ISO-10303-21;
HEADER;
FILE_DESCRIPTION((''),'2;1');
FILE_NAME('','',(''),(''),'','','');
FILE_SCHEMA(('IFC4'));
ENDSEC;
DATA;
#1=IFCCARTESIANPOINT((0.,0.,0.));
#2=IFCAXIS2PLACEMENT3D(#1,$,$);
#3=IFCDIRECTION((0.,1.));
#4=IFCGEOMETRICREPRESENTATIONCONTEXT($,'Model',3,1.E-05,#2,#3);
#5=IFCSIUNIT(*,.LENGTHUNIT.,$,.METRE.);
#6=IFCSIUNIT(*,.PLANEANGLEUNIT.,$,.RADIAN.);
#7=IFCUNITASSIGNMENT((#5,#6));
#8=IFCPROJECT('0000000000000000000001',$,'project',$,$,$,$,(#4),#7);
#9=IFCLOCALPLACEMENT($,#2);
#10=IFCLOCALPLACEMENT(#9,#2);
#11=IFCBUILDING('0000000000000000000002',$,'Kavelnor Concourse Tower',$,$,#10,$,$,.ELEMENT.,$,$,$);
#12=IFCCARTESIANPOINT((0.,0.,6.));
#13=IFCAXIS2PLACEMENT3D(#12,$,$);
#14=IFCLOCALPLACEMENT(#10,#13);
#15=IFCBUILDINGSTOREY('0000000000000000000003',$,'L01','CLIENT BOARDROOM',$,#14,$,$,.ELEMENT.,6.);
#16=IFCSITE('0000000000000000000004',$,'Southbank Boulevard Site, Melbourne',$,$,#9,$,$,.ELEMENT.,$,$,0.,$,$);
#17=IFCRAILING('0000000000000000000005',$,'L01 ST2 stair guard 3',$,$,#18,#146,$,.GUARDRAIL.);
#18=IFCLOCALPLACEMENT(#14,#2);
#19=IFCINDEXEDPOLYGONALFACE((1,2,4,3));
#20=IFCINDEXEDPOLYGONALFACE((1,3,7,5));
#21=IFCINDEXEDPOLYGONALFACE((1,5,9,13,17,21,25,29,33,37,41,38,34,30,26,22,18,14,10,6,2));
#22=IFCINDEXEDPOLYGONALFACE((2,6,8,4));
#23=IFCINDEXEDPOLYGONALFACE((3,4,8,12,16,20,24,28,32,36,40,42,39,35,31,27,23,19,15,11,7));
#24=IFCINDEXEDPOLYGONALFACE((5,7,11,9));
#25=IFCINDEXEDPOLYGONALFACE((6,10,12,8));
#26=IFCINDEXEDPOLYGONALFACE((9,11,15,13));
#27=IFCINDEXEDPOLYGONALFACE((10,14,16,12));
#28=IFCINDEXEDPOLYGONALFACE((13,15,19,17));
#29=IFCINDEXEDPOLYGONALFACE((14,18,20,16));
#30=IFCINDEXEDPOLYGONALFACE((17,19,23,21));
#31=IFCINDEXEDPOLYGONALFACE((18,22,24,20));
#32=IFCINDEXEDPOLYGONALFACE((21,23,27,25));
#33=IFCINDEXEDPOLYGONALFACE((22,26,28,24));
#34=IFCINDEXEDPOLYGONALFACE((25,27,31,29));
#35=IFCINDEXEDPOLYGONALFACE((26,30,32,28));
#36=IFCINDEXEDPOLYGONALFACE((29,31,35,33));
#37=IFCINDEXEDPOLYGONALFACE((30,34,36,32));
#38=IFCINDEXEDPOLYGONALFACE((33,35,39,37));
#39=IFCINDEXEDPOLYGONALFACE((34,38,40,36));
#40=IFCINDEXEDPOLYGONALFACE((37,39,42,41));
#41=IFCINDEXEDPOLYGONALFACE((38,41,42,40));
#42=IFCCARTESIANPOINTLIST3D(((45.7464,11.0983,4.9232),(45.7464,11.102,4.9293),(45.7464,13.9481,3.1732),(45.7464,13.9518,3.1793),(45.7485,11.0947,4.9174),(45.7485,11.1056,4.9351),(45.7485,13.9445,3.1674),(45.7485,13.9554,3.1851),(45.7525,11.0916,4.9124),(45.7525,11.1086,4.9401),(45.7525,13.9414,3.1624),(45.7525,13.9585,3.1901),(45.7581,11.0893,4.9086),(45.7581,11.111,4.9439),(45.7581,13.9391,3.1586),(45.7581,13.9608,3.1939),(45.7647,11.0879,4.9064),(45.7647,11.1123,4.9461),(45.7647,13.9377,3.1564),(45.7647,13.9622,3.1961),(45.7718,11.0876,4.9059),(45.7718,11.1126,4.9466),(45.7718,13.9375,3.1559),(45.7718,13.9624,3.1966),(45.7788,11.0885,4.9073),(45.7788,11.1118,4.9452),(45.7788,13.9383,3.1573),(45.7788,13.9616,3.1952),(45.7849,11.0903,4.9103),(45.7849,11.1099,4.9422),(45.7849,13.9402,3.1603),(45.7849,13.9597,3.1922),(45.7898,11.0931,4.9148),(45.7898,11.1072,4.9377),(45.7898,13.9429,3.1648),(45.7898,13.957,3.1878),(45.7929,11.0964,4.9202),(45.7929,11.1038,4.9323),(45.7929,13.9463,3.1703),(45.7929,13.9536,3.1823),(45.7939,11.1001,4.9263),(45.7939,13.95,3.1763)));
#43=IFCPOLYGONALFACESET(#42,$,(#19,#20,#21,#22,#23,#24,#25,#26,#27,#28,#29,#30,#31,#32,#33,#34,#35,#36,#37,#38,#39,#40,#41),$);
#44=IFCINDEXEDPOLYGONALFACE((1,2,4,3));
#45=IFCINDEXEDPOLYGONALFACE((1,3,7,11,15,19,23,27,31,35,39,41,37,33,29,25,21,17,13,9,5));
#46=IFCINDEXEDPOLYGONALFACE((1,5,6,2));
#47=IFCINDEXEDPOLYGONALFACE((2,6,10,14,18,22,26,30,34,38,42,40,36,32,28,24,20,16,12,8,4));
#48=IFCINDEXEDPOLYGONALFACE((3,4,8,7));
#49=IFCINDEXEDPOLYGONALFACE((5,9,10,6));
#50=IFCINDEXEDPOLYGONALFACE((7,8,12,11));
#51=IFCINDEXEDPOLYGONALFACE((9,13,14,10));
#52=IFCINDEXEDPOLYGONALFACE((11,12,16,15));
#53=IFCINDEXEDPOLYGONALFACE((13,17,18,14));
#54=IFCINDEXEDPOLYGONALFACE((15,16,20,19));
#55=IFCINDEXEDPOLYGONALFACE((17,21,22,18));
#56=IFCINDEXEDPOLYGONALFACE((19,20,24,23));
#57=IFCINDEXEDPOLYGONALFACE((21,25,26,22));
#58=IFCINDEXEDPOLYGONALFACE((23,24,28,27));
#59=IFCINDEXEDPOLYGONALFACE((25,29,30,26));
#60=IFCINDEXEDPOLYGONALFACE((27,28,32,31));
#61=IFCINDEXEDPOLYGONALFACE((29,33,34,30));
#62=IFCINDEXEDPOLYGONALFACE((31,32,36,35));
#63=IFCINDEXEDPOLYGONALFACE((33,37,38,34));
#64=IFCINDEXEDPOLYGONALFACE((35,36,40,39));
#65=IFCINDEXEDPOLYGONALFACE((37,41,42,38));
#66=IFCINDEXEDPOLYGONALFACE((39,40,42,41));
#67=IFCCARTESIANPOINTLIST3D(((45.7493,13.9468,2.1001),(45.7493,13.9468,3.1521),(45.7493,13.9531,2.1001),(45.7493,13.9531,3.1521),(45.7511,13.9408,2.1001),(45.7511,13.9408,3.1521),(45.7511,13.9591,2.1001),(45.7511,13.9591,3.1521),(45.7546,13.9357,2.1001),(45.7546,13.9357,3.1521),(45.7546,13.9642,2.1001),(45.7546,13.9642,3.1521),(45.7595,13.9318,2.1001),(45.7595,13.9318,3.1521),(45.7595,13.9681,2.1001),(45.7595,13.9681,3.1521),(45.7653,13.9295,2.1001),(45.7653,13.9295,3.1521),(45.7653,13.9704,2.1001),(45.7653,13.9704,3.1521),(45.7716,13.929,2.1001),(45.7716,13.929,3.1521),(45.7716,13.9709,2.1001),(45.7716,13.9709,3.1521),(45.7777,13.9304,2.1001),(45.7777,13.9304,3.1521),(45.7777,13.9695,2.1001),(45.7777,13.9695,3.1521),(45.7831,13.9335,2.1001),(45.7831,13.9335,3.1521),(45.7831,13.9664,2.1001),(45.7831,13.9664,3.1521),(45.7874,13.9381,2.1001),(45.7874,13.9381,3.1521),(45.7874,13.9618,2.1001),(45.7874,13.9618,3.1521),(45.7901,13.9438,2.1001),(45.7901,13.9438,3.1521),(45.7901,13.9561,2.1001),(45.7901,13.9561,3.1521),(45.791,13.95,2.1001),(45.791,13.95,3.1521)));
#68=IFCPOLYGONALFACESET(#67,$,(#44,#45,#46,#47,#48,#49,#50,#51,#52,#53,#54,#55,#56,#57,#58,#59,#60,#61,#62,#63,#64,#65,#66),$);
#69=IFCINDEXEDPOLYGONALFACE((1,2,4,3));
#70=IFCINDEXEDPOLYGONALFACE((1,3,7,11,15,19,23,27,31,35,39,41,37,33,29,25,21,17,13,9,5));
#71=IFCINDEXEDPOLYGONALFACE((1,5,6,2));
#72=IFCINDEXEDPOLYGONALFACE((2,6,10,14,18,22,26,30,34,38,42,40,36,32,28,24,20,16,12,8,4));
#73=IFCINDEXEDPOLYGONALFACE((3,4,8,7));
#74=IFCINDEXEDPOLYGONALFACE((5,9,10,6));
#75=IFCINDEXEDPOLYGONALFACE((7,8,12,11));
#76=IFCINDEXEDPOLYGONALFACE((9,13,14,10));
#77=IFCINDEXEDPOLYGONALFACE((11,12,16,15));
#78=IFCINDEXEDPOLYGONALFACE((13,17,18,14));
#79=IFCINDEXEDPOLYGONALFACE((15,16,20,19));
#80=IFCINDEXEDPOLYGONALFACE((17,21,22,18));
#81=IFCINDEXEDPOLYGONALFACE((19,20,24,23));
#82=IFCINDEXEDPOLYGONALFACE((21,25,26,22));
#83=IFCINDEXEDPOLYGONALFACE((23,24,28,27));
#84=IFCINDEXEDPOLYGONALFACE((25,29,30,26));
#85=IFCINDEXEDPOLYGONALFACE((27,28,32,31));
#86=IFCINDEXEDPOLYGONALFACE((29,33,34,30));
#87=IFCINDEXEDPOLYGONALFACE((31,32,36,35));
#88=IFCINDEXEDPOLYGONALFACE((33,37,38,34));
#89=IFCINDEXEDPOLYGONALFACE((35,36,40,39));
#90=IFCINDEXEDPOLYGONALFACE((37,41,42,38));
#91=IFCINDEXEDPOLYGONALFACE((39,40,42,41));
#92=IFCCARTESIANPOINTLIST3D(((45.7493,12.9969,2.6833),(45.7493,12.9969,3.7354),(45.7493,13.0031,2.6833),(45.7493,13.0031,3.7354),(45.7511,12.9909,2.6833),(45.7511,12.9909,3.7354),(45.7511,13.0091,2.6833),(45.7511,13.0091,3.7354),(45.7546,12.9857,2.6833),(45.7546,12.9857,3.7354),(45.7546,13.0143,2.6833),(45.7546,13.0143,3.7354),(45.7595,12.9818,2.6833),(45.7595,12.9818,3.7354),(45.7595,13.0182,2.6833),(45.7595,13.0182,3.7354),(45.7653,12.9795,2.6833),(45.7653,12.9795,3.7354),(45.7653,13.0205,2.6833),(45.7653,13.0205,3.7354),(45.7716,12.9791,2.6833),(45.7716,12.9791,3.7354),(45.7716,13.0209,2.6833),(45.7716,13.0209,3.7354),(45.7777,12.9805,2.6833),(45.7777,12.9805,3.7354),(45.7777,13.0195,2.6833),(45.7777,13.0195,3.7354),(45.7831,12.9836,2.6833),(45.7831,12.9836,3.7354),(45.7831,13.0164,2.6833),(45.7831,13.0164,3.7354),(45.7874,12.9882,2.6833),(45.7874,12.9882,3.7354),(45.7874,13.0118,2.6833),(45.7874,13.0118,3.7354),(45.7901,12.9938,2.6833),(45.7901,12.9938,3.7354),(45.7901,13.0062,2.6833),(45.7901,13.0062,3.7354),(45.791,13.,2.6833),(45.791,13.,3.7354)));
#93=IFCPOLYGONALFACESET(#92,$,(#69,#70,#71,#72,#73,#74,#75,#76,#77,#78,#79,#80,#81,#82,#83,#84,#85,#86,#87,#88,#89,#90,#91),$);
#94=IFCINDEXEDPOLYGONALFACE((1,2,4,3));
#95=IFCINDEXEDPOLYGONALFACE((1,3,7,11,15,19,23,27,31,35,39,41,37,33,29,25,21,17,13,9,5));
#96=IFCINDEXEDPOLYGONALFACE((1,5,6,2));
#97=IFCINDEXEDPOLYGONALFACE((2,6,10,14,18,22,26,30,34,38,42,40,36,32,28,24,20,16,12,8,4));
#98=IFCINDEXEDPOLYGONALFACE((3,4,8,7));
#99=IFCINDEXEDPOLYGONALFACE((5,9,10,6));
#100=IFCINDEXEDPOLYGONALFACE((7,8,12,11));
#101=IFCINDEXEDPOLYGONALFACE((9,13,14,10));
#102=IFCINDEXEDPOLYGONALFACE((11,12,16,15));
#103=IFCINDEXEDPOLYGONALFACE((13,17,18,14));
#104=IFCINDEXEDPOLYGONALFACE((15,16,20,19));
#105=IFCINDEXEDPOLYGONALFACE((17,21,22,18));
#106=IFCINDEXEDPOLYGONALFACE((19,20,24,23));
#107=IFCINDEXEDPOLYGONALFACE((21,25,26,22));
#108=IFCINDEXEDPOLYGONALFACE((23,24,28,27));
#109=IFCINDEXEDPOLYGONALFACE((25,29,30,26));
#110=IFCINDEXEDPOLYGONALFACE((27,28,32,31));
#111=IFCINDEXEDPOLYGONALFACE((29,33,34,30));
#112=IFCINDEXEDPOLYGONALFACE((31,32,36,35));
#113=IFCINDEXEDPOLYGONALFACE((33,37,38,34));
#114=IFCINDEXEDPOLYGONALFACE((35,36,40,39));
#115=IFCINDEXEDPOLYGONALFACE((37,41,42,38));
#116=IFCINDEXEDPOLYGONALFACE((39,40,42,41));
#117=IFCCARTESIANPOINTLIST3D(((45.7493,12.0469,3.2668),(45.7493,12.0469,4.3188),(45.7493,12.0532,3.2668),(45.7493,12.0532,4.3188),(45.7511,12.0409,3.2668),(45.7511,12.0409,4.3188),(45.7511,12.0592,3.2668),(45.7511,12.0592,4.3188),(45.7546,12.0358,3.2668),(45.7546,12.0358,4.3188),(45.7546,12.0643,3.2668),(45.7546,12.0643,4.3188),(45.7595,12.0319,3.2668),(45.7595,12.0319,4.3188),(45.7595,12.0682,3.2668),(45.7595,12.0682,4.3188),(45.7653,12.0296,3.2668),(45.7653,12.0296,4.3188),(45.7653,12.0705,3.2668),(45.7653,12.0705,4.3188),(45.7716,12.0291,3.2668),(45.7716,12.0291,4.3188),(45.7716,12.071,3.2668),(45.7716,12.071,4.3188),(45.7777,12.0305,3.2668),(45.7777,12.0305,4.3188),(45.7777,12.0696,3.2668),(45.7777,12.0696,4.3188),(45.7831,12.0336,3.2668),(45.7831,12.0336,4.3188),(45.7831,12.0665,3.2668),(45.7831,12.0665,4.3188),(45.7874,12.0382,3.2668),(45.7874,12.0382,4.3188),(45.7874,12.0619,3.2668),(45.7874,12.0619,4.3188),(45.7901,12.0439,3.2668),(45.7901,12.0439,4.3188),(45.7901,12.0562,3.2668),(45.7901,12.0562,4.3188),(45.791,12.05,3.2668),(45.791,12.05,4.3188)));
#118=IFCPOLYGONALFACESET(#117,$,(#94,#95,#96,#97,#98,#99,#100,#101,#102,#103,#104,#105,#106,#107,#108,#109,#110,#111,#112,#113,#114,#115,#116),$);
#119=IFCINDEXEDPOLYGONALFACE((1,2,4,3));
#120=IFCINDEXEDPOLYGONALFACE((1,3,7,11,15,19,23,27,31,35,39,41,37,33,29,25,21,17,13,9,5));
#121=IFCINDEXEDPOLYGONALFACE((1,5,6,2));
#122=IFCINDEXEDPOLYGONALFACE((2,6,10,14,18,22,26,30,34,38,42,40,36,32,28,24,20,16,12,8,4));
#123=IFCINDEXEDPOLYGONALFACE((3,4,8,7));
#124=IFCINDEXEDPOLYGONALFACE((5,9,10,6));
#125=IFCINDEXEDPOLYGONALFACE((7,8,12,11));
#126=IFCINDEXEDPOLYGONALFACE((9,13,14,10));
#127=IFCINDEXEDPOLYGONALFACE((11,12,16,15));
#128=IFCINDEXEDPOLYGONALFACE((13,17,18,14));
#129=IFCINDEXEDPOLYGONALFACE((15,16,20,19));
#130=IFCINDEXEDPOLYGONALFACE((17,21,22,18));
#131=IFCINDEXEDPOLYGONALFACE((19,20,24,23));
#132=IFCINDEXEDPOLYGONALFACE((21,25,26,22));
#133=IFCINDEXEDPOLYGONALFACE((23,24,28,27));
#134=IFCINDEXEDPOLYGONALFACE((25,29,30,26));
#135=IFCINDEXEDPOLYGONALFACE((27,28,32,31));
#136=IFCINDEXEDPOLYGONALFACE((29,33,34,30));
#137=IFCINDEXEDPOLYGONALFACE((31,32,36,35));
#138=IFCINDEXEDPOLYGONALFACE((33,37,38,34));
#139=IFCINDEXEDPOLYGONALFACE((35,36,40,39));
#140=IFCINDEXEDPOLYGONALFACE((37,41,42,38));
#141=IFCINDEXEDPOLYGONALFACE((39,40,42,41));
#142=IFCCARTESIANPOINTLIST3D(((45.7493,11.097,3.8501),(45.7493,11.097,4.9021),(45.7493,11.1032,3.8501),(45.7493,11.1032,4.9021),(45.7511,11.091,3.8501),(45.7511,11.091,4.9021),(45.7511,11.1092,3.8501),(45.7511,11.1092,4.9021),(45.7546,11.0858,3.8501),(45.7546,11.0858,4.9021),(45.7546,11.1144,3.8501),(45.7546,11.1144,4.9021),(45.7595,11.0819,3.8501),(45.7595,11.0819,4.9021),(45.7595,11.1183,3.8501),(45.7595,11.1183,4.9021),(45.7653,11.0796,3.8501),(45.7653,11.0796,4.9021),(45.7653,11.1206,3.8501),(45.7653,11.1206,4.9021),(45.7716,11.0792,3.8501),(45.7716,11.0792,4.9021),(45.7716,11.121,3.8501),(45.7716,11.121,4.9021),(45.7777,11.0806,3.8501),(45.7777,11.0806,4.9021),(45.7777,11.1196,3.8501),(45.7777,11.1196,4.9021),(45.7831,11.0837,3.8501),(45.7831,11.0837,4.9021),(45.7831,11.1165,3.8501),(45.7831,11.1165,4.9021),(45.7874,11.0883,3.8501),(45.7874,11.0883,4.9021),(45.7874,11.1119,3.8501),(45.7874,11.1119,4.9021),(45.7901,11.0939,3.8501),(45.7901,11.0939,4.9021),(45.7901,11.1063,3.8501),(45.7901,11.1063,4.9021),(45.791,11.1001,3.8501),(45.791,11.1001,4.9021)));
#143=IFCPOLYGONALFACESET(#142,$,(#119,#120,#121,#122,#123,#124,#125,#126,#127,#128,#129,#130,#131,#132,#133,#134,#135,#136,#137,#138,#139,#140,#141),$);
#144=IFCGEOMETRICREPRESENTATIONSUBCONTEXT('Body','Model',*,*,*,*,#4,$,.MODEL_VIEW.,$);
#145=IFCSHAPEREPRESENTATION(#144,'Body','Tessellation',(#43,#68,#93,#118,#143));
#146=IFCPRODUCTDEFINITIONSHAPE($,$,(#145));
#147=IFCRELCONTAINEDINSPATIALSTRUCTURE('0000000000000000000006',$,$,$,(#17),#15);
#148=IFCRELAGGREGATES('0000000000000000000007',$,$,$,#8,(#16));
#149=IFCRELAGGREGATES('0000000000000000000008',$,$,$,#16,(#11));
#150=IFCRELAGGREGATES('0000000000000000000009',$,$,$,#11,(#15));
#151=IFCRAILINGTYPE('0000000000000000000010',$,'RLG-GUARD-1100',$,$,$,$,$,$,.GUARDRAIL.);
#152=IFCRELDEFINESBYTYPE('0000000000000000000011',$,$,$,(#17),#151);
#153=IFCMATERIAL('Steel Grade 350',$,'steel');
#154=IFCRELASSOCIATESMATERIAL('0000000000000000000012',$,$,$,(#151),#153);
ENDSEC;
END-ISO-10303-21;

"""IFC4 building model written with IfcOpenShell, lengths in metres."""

from ifc_helpers import new_model, si_unit, direction, frame, origin, origin_2d, place, context, subcontext, project, spatial, circle, extrude, material, type_object, element, save


model = new_model("IFC4")

# Units and contexts
model_context = context("Model", 3, precision=1e-05, world=origin(), true_north=direction((0.0, 1.0)))
body_context = subcontext(model_context, "Body", "Model", "MODEL_VIEW")
ifc_project = project(units=[si_unit("LENGTHUNIT", "METRE"), si_unit("PLANEANGLEUNIT", "RADIAN")], contexts=[model_context])

# Site, building, storey
site_placement = place(None, origin())
site = spatial("IfcSite", under=ifc_project, at=site_placement, Name="Southbank Boulevard Site, Melbourne", CompositionType="ELEMENT", RefElevation=0.0)
building_placement = place(site_placement, origin())
building = spatial("IfcBuilding", under=site, at=building_placement, Name="Kavelnor Concourse Tower", CompositionType="ELEMENT")
storey_placement = place(building_placement, frame((0.0, 0.0, 6.0)))
storey = spatial("IfcBuildingStorey", under=building, at=storey_placement, Name="L01", Description="CLIENT BOARDROOM", CompositionType="ELEMENT", Elevation=6.0)

# Shared definitions
ifc_material_1 = material(Name="Steel Grade 350", Category="steel")

# Railing
railing_type_1 = type_object("IfcRailingType", Name="RLG-GUARD-1100", PredefinedType="GUARDRAIL", material=ifc_material_1)
railing_1_placement = place(storey_placement, frame((45.77, 13.95, 2.1001)))
element("IfcRailing", 1, at=railing_1_placement, inside=storey, type_object=railing_type_1, Name="L01 ST2 stair guard 3", PredefinedType="GUARDRAIL", context=body_context, shape_type="SweptSolid", body=[
    extrude(circle(Radius=0.0239, at=origin_2d()), frame((0.0, 0.0, 1.0762), z_axis=(0.0, -0.852159, 0.523283), x_axis=(1.0, 0.0, 0.0)), (0.0, 0.0, 1.0), 3.3442),
    extrude(circle(Radius=0.021, at=origin_2d()), origin(), (0.0, 0.0, 1.0), 1.052),
    extrude(circle(Radius=0.021, at=origin_2d()), frame((0.0, -0.95, 0.5833)), (0.0, 0.0, 1.0), 1.052),
    extrude(circle(Radius=0.021, at=origin_2d()), frame((0.0, -1.8999, 1.1667)), (0.0, 0.0, 1.0), 1.052),
    extrude(circle(Radius=0.021, at=origin_2d()), frame((0.0, -2.8499, 1.75)), (0.0, 0.0, 1.0), 1.052),
])

save(model, "model.ifc")
